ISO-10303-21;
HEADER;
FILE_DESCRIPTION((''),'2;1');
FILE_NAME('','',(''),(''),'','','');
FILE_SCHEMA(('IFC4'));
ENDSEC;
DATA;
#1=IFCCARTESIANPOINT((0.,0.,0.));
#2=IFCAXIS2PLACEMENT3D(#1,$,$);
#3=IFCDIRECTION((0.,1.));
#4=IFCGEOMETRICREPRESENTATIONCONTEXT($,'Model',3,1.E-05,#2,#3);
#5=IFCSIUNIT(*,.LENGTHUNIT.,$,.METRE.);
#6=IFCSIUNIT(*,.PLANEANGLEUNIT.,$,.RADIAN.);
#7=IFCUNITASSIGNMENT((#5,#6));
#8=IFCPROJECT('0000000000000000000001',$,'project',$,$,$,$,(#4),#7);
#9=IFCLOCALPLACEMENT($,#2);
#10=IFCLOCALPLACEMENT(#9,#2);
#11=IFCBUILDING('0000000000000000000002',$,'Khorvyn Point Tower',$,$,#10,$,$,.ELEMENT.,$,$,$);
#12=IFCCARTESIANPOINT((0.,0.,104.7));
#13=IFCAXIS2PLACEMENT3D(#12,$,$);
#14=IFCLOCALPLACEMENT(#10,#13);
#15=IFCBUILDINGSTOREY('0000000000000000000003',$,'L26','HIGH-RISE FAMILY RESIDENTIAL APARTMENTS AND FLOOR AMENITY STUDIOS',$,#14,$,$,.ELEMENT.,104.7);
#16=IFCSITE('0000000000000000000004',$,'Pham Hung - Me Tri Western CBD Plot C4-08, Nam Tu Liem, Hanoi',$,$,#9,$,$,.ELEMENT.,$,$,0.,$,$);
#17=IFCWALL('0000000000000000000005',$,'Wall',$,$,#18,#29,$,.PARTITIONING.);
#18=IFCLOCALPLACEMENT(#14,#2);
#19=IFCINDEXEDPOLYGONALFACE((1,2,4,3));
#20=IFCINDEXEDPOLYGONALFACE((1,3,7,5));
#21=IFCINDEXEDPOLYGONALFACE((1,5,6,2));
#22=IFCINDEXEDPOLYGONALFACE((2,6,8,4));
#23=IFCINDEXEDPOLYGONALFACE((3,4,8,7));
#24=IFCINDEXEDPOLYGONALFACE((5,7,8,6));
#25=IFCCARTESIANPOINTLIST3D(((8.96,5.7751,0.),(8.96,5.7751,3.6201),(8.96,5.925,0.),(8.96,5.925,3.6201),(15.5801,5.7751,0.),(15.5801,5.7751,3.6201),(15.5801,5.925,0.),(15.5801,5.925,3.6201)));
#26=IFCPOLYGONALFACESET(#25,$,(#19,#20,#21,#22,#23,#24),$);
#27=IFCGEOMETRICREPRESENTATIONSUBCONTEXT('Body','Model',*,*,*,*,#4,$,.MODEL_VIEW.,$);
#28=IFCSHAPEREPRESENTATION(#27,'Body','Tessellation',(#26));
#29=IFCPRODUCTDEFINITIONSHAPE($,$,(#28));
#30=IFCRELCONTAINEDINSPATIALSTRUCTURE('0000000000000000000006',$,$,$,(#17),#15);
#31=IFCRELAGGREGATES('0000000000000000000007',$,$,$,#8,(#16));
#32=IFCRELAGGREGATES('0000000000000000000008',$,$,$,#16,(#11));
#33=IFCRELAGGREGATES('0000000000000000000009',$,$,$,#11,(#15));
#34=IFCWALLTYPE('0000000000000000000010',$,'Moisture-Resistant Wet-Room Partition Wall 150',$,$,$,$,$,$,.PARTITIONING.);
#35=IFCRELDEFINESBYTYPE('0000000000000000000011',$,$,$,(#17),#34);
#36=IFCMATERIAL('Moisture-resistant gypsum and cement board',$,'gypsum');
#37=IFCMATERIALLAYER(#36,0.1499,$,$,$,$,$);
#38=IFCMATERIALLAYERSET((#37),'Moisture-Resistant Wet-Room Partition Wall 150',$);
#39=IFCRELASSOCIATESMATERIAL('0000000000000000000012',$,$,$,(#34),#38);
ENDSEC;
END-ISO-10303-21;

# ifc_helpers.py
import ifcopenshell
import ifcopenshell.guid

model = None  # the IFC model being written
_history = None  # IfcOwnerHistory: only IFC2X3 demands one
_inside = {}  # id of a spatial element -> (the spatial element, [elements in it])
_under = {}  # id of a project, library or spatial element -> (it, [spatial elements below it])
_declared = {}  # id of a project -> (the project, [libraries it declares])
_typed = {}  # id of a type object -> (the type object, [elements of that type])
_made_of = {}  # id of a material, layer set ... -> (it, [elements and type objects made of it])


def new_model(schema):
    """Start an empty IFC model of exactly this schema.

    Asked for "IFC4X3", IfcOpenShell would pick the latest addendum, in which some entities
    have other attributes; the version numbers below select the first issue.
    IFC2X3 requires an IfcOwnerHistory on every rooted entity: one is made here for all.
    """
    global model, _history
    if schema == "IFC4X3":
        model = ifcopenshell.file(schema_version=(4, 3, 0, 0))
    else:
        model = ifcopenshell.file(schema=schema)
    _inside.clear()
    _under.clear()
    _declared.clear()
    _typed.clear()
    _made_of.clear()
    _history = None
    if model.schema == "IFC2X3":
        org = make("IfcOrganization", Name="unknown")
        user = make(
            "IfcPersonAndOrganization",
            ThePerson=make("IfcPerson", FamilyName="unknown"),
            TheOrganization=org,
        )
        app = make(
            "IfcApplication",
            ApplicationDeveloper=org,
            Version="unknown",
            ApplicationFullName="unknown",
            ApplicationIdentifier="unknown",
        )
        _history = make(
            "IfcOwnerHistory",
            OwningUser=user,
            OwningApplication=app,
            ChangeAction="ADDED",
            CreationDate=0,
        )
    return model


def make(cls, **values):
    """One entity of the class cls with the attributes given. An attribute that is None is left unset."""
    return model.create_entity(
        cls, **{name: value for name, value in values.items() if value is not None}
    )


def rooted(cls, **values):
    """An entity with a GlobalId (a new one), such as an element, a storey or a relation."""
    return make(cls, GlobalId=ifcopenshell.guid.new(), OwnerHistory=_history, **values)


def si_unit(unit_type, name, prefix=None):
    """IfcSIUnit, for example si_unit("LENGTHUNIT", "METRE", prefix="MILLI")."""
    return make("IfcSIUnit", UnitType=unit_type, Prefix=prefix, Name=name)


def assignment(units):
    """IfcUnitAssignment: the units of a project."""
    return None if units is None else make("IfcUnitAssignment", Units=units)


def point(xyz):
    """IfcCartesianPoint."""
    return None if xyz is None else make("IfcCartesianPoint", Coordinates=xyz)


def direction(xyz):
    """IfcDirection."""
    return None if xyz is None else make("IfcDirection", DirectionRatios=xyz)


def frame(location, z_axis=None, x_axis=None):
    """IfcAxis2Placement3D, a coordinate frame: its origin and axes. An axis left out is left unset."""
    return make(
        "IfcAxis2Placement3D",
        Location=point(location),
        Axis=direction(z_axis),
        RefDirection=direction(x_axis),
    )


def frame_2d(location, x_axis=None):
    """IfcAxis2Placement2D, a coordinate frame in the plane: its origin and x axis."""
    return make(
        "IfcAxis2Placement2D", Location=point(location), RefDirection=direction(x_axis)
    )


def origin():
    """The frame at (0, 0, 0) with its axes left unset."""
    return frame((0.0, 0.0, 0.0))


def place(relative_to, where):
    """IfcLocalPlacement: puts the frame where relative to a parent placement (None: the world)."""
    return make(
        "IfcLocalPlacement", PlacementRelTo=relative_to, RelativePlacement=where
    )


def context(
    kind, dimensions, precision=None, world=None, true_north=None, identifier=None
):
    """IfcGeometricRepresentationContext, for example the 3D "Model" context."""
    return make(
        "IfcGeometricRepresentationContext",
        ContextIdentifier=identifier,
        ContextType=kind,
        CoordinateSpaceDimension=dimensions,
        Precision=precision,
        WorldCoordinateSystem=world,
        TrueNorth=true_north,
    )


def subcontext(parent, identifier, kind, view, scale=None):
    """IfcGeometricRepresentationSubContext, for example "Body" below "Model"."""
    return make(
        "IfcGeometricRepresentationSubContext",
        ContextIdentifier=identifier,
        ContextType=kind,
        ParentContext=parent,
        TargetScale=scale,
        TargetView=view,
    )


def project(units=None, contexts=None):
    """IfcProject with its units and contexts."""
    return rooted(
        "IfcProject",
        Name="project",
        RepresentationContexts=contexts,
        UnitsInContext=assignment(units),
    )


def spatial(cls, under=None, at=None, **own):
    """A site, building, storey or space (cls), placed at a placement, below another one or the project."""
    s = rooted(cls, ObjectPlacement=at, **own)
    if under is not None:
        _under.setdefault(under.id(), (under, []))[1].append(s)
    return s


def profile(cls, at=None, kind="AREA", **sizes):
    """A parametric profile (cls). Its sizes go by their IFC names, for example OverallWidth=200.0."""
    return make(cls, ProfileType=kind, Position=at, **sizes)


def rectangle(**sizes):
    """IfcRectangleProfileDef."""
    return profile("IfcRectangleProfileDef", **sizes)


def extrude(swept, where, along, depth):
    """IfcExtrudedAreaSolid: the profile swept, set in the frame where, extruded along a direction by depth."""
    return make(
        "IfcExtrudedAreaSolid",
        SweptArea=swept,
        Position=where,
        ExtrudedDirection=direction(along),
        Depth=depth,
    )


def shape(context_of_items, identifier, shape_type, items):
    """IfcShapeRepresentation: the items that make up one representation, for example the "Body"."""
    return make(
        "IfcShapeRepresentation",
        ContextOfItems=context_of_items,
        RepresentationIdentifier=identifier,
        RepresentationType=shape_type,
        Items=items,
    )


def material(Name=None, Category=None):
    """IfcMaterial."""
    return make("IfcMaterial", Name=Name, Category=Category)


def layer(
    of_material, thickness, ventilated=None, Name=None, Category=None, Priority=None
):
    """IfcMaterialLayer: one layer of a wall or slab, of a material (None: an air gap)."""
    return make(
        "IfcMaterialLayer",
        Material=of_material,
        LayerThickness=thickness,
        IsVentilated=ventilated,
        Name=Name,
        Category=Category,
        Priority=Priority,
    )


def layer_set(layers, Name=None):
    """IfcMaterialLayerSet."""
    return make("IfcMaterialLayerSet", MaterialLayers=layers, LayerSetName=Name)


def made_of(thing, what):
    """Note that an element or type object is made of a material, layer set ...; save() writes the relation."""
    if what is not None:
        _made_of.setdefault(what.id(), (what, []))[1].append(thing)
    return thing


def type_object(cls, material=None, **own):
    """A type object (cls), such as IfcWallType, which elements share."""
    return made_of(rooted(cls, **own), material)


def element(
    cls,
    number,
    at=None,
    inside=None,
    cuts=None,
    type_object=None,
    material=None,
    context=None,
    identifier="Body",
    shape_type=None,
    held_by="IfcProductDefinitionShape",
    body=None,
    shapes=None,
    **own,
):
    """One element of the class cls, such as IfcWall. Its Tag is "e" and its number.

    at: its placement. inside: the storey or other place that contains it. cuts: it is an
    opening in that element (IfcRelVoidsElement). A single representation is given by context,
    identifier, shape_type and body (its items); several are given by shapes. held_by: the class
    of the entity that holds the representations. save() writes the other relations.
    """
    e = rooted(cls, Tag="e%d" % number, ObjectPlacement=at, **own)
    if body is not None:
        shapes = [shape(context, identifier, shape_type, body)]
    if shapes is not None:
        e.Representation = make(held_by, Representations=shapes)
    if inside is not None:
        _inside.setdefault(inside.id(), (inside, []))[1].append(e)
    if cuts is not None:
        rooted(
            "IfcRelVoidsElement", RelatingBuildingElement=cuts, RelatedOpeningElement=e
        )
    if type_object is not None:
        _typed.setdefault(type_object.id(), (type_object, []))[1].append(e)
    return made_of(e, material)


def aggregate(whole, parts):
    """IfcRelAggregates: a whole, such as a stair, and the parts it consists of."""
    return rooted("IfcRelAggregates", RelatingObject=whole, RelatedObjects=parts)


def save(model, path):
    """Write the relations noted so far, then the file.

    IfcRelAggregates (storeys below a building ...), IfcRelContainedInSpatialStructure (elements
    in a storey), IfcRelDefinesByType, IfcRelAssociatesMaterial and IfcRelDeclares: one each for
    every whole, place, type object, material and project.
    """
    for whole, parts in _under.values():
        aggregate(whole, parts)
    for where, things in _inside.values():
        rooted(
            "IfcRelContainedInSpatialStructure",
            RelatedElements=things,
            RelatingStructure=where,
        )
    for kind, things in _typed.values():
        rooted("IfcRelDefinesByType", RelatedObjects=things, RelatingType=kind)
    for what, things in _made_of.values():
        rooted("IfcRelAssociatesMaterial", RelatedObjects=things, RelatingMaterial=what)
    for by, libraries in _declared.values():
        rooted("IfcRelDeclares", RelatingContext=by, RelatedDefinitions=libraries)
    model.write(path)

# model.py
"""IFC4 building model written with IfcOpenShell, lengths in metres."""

from ifc_helpers import new_model, si_unit, direction, frame, frame_2d, origin, place, context, subcontext, project, spatial, rectangle, extrude, material, layer, layer_set, type_object, element, save


model = new_model("IFC4")

# Units and contexts
model_context = context("Model", 3, precision=1e-05, world=origin(), true_north=direction((0.0, 1.0)))
body_context = subcontext(model_context, "Body", "Model", "MODEL_VIEW")
ifc_project = project(units=[si_unit("LENGTHUNIT", "METRE"), si_unit("PLANEANGLEUNIT", "RADIAN")], contexts=[model_context])

# Site, building, storey
site_placement = place(None, origin())
site = spatial("IfcSite", under=ifc_project, at=site_placement, Name="Pham Hung - Me Tri Western CBD Plot C4-08, Nam Tu Liem, Hanoi", CompositionType="ELEMENT", RefElevation=0.0)
building_placement = place(site_placement, origin())
building = spatial("IfcBuilding", under=site, at=building_placement, Name="Khorvyn Point Tower", CompositionType="ELEMENT")
storey_placement = place(building_placement, frame((0.0, 0.0, 104.7)))
storey = spatial("IfcBuildingStorey", under=building, at=storey_placement, Name="L26", Description="HIGH-RISE FAMILY RESIDENTIAL APARTMENTS AND FLOOR AMENITY STUDIOS", CompositionType="ELEMENT", Elevation=104.7)

# Shared definitions
ifc_material_1 = material(Name="Moisture-resistant gypsum and cement board", Category="gypsum")
ifc_layer_1 = layer(ifc_material_1, 0.1499)
ifc_layer_set_1 = layer_set([ifc_layer_1], Name="Moisture-Resistant Wet-Room Partition Wall 150")
wall_type_1 = type_object("IfcWallType", Name="Moisture-Resistant Wet-Room Partition Wall 150", PredefinedType="PARTITIONING", material=ifc_layer_set_1)

# Wall
wall_1_placement = place(storey_placement, frame((8.96, 5.8501, 0.0), z_axis=(0.0, 0.0, 1.0), x_axis=(1.0, 0.0, 0.0)))
element("IfcWall", 1, at=wall_1_placement, inside=storey, type_object=wall_type_1, Name="Wall", PredefinedType="PARTITIONING", context=body_context, shape_type="SweptSolid", body=[
    extrude(rectangle(XDim=6.6201, YDim=0.1499, at=frame_2d((3.3101, 0.0))), origin(), (0.0, 0.0, 1.0), 3.6201),
])

save(model, "model.ifc")
